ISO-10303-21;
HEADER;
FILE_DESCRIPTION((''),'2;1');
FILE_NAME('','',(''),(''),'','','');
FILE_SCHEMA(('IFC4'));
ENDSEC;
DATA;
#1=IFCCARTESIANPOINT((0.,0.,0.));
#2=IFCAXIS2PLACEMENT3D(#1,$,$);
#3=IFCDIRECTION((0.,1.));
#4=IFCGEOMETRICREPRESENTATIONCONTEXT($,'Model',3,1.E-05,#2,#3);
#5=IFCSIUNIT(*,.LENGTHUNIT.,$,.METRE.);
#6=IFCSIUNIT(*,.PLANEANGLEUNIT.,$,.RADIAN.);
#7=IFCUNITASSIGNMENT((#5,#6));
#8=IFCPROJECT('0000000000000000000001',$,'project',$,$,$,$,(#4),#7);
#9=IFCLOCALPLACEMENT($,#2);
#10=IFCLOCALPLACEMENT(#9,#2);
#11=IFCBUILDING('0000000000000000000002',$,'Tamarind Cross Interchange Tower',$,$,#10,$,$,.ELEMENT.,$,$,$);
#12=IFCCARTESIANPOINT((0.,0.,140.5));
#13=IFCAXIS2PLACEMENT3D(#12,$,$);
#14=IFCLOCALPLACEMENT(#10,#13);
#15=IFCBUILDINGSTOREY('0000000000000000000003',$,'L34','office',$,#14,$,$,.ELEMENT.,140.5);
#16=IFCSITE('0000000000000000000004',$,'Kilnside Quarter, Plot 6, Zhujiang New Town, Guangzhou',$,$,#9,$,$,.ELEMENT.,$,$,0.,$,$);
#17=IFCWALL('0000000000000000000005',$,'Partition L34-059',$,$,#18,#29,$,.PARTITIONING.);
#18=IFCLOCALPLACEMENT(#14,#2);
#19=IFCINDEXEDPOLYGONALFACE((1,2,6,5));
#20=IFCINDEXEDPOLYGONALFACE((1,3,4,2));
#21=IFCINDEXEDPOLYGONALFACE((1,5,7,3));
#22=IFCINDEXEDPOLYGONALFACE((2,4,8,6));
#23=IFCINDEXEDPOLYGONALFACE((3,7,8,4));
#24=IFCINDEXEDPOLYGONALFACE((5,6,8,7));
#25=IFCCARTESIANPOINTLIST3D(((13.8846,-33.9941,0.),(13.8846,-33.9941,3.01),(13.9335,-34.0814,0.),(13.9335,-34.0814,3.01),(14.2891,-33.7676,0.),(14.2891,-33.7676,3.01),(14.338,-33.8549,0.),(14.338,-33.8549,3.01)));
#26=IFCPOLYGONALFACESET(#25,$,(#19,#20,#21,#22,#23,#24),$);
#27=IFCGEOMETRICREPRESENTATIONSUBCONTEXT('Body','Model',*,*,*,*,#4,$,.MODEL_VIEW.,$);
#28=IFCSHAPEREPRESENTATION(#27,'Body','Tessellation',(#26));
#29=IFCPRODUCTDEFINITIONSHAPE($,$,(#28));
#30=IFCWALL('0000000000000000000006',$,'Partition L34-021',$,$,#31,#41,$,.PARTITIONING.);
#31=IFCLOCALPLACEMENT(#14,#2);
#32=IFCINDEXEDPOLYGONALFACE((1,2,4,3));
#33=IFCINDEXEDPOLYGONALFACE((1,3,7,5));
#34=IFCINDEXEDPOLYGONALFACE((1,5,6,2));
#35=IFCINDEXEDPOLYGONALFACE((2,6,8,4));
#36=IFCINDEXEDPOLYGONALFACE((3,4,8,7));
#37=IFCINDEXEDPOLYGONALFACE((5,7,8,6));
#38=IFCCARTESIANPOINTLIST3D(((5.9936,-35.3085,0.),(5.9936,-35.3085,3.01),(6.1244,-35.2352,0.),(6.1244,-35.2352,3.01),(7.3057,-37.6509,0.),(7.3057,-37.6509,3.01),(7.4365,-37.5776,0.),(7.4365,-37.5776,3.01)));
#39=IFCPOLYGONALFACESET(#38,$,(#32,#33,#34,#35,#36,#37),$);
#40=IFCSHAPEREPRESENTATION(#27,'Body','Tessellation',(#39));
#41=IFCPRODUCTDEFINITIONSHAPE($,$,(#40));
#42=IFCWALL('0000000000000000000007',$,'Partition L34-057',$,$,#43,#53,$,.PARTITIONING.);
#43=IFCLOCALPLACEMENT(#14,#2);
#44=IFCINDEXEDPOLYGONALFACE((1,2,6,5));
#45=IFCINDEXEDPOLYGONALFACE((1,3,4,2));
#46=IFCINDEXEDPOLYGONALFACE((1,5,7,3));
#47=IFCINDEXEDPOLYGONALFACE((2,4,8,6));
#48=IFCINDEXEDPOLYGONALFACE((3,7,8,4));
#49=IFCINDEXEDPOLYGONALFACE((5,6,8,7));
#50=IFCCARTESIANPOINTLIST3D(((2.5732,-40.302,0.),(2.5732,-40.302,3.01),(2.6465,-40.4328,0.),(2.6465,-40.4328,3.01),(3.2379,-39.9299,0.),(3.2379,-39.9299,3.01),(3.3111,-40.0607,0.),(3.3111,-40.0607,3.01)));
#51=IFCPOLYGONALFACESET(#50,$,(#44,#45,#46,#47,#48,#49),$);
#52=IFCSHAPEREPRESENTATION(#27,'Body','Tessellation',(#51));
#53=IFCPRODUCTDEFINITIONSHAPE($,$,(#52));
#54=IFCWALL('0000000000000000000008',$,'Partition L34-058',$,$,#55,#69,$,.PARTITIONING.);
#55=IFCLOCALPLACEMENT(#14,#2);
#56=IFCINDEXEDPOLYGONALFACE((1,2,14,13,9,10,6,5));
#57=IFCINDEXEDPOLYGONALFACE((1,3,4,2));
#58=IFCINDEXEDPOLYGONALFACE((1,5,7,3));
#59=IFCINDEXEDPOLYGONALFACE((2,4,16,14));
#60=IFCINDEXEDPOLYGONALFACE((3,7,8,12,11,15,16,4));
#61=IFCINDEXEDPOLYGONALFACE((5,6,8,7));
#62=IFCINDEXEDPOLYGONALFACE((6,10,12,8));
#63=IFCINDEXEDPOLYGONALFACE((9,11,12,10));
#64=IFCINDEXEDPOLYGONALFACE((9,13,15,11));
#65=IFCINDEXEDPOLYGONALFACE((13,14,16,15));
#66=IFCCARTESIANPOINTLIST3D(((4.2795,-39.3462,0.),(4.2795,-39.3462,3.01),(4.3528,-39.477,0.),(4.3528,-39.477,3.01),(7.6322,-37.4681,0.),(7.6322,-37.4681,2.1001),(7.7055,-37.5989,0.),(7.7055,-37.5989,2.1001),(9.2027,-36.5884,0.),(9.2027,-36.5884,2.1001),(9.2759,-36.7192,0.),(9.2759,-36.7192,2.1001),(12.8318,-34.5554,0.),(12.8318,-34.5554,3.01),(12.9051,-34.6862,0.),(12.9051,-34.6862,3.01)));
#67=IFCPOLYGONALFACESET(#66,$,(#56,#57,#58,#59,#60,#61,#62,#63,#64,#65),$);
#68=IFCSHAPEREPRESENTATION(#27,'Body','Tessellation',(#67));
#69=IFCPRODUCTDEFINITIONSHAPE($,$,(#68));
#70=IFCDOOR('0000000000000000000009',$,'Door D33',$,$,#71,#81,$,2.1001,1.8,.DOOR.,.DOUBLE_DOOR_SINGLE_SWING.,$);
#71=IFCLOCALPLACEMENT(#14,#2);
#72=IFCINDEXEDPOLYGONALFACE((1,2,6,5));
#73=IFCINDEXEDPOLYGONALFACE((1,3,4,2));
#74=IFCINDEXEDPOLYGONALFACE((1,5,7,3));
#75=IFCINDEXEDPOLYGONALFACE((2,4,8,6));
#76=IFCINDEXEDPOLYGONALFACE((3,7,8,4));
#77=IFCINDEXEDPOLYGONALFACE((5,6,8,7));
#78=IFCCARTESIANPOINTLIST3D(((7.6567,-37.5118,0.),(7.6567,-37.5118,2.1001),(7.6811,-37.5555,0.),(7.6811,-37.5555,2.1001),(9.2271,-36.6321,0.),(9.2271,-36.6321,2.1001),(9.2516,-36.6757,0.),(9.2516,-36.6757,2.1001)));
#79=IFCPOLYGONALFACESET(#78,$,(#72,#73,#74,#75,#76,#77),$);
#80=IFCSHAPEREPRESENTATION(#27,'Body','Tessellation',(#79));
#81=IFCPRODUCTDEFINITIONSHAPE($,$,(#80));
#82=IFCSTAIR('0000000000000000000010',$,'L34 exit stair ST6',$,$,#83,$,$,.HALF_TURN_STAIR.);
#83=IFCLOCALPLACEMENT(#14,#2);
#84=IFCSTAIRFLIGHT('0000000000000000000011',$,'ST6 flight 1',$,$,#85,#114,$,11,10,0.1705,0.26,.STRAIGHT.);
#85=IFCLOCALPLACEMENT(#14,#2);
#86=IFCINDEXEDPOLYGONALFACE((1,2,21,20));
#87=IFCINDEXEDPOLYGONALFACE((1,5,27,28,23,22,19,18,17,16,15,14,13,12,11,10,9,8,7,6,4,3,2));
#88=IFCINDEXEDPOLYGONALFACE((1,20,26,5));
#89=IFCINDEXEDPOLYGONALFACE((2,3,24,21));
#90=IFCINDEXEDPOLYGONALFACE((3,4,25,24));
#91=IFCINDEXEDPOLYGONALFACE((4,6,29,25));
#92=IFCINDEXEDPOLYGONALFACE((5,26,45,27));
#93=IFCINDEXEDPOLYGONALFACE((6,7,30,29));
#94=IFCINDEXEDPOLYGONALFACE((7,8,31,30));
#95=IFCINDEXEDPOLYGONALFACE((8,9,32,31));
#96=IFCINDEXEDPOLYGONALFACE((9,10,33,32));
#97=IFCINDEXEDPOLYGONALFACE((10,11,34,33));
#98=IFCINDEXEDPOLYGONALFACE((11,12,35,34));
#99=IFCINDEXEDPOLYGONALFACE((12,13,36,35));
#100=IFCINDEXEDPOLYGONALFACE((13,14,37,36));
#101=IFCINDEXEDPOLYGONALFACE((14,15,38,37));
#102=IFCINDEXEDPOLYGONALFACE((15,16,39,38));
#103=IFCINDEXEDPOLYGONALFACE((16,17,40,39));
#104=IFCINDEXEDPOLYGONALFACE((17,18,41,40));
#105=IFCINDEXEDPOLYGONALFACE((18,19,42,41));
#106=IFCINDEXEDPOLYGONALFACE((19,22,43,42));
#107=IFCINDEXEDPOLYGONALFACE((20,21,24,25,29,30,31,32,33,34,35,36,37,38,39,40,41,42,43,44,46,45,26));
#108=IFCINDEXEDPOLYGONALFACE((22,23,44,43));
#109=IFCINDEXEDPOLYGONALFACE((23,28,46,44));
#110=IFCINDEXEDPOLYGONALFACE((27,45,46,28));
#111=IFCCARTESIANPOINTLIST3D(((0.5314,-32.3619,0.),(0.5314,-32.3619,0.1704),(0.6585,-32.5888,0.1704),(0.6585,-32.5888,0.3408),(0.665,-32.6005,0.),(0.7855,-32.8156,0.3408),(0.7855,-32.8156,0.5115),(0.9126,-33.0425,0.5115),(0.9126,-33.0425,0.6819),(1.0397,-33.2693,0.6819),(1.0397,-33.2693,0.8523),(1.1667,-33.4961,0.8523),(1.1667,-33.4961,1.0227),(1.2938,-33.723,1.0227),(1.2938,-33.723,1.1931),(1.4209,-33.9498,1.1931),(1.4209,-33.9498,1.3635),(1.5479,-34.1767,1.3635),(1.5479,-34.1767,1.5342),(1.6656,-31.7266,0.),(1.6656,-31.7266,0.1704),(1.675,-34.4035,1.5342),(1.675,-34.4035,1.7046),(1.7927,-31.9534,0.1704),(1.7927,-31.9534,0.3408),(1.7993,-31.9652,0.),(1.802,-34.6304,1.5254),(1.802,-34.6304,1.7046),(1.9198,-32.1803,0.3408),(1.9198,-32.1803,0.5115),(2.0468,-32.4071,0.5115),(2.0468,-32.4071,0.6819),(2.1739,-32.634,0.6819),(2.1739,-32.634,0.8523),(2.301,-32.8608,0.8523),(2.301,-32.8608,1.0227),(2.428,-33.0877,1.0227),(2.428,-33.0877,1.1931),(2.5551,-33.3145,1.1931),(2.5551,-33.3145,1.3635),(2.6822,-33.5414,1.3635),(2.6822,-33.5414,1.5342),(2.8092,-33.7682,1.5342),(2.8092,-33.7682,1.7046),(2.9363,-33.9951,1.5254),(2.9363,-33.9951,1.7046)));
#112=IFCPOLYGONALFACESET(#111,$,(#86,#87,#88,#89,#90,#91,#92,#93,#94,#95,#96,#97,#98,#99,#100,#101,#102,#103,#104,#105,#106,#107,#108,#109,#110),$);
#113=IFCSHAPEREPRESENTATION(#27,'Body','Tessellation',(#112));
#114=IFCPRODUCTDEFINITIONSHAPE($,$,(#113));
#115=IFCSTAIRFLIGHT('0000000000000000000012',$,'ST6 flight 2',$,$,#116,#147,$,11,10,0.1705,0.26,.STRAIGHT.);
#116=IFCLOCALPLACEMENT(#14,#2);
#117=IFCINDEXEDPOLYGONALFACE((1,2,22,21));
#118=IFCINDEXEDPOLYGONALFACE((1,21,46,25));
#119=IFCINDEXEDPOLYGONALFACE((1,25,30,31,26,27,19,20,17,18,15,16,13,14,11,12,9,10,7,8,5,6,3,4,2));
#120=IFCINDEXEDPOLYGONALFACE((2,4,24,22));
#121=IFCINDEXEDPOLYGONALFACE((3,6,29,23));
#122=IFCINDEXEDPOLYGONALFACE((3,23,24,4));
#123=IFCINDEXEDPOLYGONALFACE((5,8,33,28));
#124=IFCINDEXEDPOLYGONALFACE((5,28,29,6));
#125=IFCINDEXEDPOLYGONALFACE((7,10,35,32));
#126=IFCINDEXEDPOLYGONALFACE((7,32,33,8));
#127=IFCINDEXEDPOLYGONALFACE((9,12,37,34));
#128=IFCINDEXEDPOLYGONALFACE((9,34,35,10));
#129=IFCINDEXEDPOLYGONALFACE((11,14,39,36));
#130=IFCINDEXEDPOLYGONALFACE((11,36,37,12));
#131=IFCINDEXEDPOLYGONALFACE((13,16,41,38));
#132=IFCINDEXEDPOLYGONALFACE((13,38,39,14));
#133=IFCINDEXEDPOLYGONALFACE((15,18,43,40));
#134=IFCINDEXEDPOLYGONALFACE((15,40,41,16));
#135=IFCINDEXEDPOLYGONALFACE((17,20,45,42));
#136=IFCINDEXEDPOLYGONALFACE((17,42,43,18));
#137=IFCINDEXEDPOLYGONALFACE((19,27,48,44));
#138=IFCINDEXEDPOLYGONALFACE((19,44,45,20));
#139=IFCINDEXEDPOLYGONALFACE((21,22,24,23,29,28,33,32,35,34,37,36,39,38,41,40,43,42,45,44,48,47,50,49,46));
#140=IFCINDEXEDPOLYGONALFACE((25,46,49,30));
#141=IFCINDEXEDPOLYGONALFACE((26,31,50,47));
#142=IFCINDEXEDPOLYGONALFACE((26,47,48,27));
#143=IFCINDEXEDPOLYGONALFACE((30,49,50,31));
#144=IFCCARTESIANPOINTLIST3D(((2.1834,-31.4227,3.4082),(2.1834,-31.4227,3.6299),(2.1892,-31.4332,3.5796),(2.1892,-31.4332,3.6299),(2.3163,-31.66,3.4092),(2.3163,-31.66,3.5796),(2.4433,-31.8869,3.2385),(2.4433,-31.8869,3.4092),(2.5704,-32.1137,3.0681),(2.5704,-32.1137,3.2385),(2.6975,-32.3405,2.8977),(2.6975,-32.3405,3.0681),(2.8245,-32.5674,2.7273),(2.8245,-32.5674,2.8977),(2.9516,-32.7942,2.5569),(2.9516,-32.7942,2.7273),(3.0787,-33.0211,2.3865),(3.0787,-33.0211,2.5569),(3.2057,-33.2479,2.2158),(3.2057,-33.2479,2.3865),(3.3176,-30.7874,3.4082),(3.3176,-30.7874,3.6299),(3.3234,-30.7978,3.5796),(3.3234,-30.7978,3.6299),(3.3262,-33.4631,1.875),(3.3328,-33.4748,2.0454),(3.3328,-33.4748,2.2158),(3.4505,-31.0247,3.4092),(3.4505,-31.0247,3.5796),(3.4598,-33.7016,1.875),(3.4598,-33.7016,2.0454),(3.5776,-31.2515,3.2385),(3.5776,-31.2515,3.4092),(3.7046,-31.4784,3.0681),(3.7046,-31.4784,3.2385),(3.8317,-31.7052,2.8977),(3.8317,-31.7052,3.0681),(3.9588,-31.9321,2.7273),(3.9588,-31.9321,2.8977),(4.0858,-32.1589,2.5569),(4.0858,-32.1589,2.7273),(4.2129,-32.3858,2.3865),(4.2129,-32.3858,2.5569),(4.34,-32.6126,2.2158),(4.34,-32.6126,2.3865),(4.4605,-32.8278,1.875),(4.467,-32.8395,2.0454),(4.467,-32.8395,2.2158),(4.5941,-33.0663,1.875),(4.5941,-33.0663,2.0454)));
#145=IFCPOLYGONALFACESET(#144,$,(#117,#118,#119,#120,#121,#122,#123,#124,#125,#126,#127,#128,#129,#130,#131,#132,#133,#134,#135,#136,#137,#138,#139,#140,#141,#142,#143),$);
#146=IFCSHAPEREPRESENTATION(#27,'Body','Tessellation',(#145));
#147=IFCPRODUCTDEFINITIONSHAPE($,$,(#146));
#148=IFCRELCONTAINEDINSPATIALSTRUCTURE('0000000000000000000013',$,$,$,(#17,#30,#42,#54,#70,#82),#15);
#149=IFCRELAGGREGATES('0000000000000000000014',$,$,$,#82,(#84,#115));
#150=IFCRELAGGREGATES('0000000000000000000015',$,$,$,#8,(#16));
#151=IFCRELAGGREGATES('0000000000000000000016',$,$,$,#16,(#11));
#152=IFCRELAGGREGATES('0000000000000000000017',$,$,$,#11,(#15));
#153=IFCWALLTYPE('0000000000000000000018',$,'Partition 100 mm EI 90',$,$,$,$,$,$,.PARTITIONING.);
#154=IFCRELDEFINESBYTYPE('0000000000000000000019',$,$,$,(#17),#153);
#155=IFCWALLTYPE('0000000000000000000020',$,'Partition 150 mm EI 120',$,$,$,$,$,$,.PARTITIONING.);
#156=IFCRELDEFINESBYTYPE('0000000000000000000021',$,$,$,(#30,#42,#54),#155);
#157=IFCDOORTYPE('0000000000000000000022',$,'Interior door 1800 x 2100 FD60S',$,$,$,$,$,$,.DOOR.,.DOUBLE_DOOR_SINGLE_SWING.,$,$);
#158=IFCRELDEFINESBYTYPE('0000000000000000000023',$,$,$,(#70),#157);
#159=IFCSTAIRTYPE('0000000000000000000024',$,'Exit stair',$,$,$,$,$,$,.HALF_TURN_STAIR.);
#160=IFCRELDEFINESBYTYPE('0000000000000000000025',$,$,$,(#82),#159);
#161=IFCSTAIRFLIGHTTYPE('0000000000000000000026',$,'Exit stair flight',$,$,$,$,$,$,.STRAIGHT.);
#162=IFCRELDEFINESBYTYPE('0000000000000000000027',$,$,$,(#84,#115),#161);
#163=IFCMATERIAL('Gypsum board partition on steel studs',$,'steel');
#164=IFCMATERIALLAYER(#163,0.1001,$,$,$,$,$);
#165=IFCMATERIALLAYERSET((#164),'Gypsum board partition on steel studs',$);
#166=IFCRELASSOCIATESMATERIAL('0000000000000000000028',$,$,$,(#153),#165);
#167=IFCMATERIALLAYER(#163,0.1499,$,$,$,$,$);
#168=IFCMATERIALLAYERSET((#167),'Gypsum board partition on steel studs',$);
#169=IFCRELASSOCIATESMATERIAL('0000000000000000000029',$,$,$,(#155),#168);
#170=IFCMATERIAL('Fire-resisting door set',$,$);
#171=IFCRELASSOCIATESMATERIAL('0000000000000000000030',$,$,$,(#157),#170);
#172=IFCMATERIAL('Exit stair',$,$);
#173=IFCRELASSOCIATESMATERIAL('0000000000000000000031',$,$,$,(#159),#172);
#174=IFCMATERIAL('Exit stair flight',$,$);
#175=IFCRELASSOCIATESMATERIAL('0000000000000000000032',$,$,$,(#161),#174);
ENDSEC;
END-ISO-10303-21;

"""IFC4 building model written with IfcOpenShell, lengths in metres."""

from ifc_helpers import new_model, si_unit, direction, frame, frame_2d, origin, place, context, subcontext, project, spatial, polyline, rectangle, outline, extrude, material, layer, layer_set, type_object, element, fill, aggregate, save


model = new_model("IFC4")

# Units and contexts
model_context = context("Model", 3, precision=1e-05, world=origin(), true_north=direction((0.0, 1.0)))
body_context = subcontext(model_context, "Body", "Model", "MODEL_VIEW")
ifc_project = project(units=[si_unit("LENGTHUNIT", "METRE"), si_unit("PLANEANGLEUNIT", "RADIAN")], contexts=[model_context])

# Site, building, storey
site_placement = place(None, origin())
site = spatial("IfcSite", under=ifc_project, at=site_placement, Name="Kilnside Quarter, Plot 6, Zhujiang New Town, Guangzhou", CompositionType="ELEMENT", RefElevation=0.0)
building_placement = place(site_placement, origin())
building = spatial("IfcBuilding", under=site, at=building_placement, Name="Tamarind Cross Interchange Tower", CompositionType="ELEMENT")
storey_placement = place(building_placement, frame((0.0, 0.0, 140.5)))
storey = spatial("IfcBuildingStorey", under=building, at=storey_placement, Name="L34", Description="office", CompositionType="ELEMENT", Elevation=140.5)

# Walls
ifc_material_1 = material(Name="Gypsum board partition on steel studs", Category="steel")
ifc_layer_1 = layer(ifc_material_1, 0.1001)
ifc_layer_set_1 = layer_set([ifc_layer_1], Name="Gypsum board partition on steel studs")
wall_type_1 = type_object("IfcWallType", Name="Partition 100 mm EI 90", PredefinedType="PARTITIONING", material=ifc_layer_set_1)
wall_1_placement = place(storey_placement, frame((13.9089, -34.0378, 0.0), z_axis=(0.0, 0.0, 1.0), x_axis=(0.872488, 0.488635, 0.0)))
element("IfcWall", 1, at=wall_1_placement, inside=storey, type_object=wall_type_1, Name="Partition L34-059", PredefinedType="PARTITIONING", context=body_context, shape_type="SweptSolid", body=[
    extrude(rectangle(XDim=0.4636, YDim=0.1001, at=frame_2d((0.2319, 0.0))), origin(), (0.0, 0.0, 1.0), 3.01),
])
ifc_layer_2 = layer(ifc_material_1, 0.1499)
ifc_layer_set_2 = layer_set([ifc_layer_2], Name="Gypsum board partition on steel studs")
wall_type_2 = type_object("IfcWallType", Name="Partition 150 mm EI 120", PredefinedType="PARTITIONING", material=ifc_layer_set_2)
wall_2_placement = place(storey_placement, frame((6.0591, -35.272, 0.0), z_axis=(0.0, 0.0, 1.0), x_axis=(0.488698, -0.872453, 0.0)))
element("IfcWall", 2, at=wall_2_placement, inside=storey, type_object=wall_type_2, Name="Partition L34-021", PredefinedType="PARTITIONING", context=body_context, shape_type="SweptSolid", body=[
    extrude(rectangle(XDim=2.6848, YDim=0.1499, at=frame_2d((1.3423, 0.0))), origin(), (0.0, 0.0, 1.0), 3.01),
])
wall_3_placement = place(storey_placement, frame((2.6099, -40.3674, 0.0), z_axis=(0.0, 0.0, 1.0), x_axis=(0.87255, 0.488525, 0.0)))
element("IfcWall", 3, at=wall_3_placement, inside=storey, type_object=wall_type_2, Name="Partition L34-057", PredefinedType="PARTITIONING", context=body_context, shape_type="SweptSolid", body=[
    extrude(rectangle(XDim=0.7617, YDim=0.1499, at=frame_2d((0.3809, 0.0))), origin(), (0.0, 0.0, 1.0), 3.01),
])

# Wall, opening, door
wall_4_placement = place(storey_placement, frame((4.3162, -39.4116, 0.0), z_axis=(0.0, 0.0, 1.0), x_axis=(0.87244, 0.488721, 0.0)))
wall_4 = element("IfcWall", 4, at=wall_4_placement, inside=storey, type_object=wall_type_2, Name="Partition L34-058", PredefinedType="PARTITIONING", context=body_context, shape_type="SweptSolid", body=[
    extrude(rectangle(XDim=9.8027, YDim=0.1499, at=frame_2d((4.9014, 0.0))), origin(), (0.0, 0.0, 1.0), 3.01),
])
opening_placement = place(wall_4_placement, frame((3.843, 0.0, 0.0)))
opening = element("IfcOpeningElement", 5, at=opening_placement, cuts=wall_4, PredefinedType="OPENING", context=body_context, shape_type="SweptSolid", body=[
    extrude(rectangle(XDim=1.8, YDim=2.1001, at=frame_2d((0.8999, 1.05))), frame((0.0, 0.085, 0.0), z_axis=(0.0, -1.0, 0.0), x_axis=(1.0, 0.0, 0.0)), (0.0, 0.0, 1.0), 0.1699),
])
ifc_material_2 = material(Name="Fire-resisting door set")
door_type = type_object("IfcDoorType", Name="Interior door 1800 x 2100 FD60S", OperationType="DOUBLE_DOOR_SINGLE_SWING", PredefinedType="DOOR", material=ifc_material_2)
door_placement = place(opening_placement, origin())
door = element("IfcDoor", 6, at=door_placement, inside=storey, type_object=door_type, Name="Door D33", OperationType="DOUBLE_DOOR_SINGLE_SWING", OverallHeight=2.1001, OverallWidth=1.8, PredefinedType="DOOR", context=body_context, shape_type="SweptSolid", body=[
    extrude(rectangle(XDim=1.8, YDim=2.1001, at=frame_2d((0.8999, 1.05))), frame((0.0, 0.0249, 0.0), z_axis=(0.0, -1.0, 0.0), x_axis=(1.0, 0.0, 0.0)), (0.0, 0.0, 1.0), 0.05),
])
fill(opening, door)

# Stair, stair flights
ifc_material_3 = material(Name="Exit stair")
stair_type = type_object("IfcStairType", Name="Exit stair", PredefinedType="HALF_TURN_STAIR", material=ifc_material_3)
stair_placement = place(storey_placement, origin())
stair = element("IfcStair", 7, at=stair_placement, inside=storey, type_object=stair_type, Name="L34 exit stair ST6", PredefinedType="HALF_TURN_STAIR")
ifc_material_4 = material(Name="Exit stair flight")
stair_flight_type = type_object("IfcStairFlightType", Name="Exit stair flight", PredefinedType="STRAIGHT", material=ifc_material_4)
stair_flight_1_placement = place(storey_placement, frame((1.0986, -32.0442, 0.0), z_axis=(0.0, 0.0, 1.0), x_axis=(0.488688, -0.872458, 0.0)))
stair_flight_1 = element("IfcStairFlight", 8, at=stair_flight_1_placement, type_object=stair_flight_type, Name="ST6 flight 1", NumberOfRisers=11, NumberOfTreads=10, PredefinedType="STRAIGHT", RiserHeight=0.1705, TreadLength=0.26, context=body_context, shape_type="SweptSolid", body=[
    extrude(outline(polyline([(0.0, 0.0), (0.0, 0.1704), (0.26, 0.1704), (0.26, 0.3408), (0.52, 0.3408), (0.52, 0.5115), (0.78, 0.5115), (0.78, 0.6819), (1.04, 0.6819), (1.04, 0.8523), (1.3, 0.8523), (1.3, 1.0227), (1.5601, 1.0227), (1.5601, 1.1931), (1.8201, 1.1931), (1.8201, 1.3635), (2.0801, 1.3635), (2.0801, 1.5342), (2.3401, 1.5342), (2.3401, 1.7046), (2.6001, 1.7046), (2.6001, 1.875), (2.6001, 1.5254), (0.2734, 0.0), (0.0, 0.0)])), frame((0.0, 0.6499, 0.0), z_axis=(0.0, -1.0, 0.0), x_axis=(1.0, 0.0, 0.0)), (0.0, 0.0, 1.0), 1.3),
])
stair_flight_2_placement = place(storey_placement, frame((4.0269, -33.384, 1.875), z_axis=(0.0, 0.0, 1.0), x_axis=(-0.488688, 0.872458, 0.0)))
stair_flight_2 = element("IfcStairFlight", 9, at=stair_flight_2_placement, type_object=stair_flight_type, Name="ST6 flight 2", NumberOfRisers=11, NumberOfTreads=10, PredefinedType="STRAIGHT", RiserHeight=0.1705, TreadLength=0.26, context=body_context, shape_type="SweptSolid", body=[
    extrude(outline(polyline([(0.0, 0.0), (0.0, 0.1704), (0.26, 0.1704), (0.26, 0.3408), (0.52, 0.3408), (0.52, 0.5115), (0.78, 0.5115), (0.78, 0.6819), (1.04, 0.6819), (1.04, 0.8523), (1.3, 0.8523), (1.3, 1.0227), (1.5601, 1.0227), (1.5601, 1.1931), (1.8201, 1.1931), (1.8201, 1.3635), (2.0801, 1.3635), (2.0801, 1.5342), (2.3401, 1.5342), (2.3401, 1.7046), (2.6001, 1.7046), (2.6001, 1.7549), (2.6121, 1.7549), (2.6121, 1.5332), (0.2734, 0.0), (0.0, 0.0)])), frame((0.0, 0.6499, 0.0), z_axis=(0.0, -1.0, 0.0), x_axis=(1.0, 0.0, 0.0)), (0.0, 0.0, 1.0), 1.3),
])
aggregate(stair, [stair_flight_1, stair_flight_2])

save(model, "model.ifc")
